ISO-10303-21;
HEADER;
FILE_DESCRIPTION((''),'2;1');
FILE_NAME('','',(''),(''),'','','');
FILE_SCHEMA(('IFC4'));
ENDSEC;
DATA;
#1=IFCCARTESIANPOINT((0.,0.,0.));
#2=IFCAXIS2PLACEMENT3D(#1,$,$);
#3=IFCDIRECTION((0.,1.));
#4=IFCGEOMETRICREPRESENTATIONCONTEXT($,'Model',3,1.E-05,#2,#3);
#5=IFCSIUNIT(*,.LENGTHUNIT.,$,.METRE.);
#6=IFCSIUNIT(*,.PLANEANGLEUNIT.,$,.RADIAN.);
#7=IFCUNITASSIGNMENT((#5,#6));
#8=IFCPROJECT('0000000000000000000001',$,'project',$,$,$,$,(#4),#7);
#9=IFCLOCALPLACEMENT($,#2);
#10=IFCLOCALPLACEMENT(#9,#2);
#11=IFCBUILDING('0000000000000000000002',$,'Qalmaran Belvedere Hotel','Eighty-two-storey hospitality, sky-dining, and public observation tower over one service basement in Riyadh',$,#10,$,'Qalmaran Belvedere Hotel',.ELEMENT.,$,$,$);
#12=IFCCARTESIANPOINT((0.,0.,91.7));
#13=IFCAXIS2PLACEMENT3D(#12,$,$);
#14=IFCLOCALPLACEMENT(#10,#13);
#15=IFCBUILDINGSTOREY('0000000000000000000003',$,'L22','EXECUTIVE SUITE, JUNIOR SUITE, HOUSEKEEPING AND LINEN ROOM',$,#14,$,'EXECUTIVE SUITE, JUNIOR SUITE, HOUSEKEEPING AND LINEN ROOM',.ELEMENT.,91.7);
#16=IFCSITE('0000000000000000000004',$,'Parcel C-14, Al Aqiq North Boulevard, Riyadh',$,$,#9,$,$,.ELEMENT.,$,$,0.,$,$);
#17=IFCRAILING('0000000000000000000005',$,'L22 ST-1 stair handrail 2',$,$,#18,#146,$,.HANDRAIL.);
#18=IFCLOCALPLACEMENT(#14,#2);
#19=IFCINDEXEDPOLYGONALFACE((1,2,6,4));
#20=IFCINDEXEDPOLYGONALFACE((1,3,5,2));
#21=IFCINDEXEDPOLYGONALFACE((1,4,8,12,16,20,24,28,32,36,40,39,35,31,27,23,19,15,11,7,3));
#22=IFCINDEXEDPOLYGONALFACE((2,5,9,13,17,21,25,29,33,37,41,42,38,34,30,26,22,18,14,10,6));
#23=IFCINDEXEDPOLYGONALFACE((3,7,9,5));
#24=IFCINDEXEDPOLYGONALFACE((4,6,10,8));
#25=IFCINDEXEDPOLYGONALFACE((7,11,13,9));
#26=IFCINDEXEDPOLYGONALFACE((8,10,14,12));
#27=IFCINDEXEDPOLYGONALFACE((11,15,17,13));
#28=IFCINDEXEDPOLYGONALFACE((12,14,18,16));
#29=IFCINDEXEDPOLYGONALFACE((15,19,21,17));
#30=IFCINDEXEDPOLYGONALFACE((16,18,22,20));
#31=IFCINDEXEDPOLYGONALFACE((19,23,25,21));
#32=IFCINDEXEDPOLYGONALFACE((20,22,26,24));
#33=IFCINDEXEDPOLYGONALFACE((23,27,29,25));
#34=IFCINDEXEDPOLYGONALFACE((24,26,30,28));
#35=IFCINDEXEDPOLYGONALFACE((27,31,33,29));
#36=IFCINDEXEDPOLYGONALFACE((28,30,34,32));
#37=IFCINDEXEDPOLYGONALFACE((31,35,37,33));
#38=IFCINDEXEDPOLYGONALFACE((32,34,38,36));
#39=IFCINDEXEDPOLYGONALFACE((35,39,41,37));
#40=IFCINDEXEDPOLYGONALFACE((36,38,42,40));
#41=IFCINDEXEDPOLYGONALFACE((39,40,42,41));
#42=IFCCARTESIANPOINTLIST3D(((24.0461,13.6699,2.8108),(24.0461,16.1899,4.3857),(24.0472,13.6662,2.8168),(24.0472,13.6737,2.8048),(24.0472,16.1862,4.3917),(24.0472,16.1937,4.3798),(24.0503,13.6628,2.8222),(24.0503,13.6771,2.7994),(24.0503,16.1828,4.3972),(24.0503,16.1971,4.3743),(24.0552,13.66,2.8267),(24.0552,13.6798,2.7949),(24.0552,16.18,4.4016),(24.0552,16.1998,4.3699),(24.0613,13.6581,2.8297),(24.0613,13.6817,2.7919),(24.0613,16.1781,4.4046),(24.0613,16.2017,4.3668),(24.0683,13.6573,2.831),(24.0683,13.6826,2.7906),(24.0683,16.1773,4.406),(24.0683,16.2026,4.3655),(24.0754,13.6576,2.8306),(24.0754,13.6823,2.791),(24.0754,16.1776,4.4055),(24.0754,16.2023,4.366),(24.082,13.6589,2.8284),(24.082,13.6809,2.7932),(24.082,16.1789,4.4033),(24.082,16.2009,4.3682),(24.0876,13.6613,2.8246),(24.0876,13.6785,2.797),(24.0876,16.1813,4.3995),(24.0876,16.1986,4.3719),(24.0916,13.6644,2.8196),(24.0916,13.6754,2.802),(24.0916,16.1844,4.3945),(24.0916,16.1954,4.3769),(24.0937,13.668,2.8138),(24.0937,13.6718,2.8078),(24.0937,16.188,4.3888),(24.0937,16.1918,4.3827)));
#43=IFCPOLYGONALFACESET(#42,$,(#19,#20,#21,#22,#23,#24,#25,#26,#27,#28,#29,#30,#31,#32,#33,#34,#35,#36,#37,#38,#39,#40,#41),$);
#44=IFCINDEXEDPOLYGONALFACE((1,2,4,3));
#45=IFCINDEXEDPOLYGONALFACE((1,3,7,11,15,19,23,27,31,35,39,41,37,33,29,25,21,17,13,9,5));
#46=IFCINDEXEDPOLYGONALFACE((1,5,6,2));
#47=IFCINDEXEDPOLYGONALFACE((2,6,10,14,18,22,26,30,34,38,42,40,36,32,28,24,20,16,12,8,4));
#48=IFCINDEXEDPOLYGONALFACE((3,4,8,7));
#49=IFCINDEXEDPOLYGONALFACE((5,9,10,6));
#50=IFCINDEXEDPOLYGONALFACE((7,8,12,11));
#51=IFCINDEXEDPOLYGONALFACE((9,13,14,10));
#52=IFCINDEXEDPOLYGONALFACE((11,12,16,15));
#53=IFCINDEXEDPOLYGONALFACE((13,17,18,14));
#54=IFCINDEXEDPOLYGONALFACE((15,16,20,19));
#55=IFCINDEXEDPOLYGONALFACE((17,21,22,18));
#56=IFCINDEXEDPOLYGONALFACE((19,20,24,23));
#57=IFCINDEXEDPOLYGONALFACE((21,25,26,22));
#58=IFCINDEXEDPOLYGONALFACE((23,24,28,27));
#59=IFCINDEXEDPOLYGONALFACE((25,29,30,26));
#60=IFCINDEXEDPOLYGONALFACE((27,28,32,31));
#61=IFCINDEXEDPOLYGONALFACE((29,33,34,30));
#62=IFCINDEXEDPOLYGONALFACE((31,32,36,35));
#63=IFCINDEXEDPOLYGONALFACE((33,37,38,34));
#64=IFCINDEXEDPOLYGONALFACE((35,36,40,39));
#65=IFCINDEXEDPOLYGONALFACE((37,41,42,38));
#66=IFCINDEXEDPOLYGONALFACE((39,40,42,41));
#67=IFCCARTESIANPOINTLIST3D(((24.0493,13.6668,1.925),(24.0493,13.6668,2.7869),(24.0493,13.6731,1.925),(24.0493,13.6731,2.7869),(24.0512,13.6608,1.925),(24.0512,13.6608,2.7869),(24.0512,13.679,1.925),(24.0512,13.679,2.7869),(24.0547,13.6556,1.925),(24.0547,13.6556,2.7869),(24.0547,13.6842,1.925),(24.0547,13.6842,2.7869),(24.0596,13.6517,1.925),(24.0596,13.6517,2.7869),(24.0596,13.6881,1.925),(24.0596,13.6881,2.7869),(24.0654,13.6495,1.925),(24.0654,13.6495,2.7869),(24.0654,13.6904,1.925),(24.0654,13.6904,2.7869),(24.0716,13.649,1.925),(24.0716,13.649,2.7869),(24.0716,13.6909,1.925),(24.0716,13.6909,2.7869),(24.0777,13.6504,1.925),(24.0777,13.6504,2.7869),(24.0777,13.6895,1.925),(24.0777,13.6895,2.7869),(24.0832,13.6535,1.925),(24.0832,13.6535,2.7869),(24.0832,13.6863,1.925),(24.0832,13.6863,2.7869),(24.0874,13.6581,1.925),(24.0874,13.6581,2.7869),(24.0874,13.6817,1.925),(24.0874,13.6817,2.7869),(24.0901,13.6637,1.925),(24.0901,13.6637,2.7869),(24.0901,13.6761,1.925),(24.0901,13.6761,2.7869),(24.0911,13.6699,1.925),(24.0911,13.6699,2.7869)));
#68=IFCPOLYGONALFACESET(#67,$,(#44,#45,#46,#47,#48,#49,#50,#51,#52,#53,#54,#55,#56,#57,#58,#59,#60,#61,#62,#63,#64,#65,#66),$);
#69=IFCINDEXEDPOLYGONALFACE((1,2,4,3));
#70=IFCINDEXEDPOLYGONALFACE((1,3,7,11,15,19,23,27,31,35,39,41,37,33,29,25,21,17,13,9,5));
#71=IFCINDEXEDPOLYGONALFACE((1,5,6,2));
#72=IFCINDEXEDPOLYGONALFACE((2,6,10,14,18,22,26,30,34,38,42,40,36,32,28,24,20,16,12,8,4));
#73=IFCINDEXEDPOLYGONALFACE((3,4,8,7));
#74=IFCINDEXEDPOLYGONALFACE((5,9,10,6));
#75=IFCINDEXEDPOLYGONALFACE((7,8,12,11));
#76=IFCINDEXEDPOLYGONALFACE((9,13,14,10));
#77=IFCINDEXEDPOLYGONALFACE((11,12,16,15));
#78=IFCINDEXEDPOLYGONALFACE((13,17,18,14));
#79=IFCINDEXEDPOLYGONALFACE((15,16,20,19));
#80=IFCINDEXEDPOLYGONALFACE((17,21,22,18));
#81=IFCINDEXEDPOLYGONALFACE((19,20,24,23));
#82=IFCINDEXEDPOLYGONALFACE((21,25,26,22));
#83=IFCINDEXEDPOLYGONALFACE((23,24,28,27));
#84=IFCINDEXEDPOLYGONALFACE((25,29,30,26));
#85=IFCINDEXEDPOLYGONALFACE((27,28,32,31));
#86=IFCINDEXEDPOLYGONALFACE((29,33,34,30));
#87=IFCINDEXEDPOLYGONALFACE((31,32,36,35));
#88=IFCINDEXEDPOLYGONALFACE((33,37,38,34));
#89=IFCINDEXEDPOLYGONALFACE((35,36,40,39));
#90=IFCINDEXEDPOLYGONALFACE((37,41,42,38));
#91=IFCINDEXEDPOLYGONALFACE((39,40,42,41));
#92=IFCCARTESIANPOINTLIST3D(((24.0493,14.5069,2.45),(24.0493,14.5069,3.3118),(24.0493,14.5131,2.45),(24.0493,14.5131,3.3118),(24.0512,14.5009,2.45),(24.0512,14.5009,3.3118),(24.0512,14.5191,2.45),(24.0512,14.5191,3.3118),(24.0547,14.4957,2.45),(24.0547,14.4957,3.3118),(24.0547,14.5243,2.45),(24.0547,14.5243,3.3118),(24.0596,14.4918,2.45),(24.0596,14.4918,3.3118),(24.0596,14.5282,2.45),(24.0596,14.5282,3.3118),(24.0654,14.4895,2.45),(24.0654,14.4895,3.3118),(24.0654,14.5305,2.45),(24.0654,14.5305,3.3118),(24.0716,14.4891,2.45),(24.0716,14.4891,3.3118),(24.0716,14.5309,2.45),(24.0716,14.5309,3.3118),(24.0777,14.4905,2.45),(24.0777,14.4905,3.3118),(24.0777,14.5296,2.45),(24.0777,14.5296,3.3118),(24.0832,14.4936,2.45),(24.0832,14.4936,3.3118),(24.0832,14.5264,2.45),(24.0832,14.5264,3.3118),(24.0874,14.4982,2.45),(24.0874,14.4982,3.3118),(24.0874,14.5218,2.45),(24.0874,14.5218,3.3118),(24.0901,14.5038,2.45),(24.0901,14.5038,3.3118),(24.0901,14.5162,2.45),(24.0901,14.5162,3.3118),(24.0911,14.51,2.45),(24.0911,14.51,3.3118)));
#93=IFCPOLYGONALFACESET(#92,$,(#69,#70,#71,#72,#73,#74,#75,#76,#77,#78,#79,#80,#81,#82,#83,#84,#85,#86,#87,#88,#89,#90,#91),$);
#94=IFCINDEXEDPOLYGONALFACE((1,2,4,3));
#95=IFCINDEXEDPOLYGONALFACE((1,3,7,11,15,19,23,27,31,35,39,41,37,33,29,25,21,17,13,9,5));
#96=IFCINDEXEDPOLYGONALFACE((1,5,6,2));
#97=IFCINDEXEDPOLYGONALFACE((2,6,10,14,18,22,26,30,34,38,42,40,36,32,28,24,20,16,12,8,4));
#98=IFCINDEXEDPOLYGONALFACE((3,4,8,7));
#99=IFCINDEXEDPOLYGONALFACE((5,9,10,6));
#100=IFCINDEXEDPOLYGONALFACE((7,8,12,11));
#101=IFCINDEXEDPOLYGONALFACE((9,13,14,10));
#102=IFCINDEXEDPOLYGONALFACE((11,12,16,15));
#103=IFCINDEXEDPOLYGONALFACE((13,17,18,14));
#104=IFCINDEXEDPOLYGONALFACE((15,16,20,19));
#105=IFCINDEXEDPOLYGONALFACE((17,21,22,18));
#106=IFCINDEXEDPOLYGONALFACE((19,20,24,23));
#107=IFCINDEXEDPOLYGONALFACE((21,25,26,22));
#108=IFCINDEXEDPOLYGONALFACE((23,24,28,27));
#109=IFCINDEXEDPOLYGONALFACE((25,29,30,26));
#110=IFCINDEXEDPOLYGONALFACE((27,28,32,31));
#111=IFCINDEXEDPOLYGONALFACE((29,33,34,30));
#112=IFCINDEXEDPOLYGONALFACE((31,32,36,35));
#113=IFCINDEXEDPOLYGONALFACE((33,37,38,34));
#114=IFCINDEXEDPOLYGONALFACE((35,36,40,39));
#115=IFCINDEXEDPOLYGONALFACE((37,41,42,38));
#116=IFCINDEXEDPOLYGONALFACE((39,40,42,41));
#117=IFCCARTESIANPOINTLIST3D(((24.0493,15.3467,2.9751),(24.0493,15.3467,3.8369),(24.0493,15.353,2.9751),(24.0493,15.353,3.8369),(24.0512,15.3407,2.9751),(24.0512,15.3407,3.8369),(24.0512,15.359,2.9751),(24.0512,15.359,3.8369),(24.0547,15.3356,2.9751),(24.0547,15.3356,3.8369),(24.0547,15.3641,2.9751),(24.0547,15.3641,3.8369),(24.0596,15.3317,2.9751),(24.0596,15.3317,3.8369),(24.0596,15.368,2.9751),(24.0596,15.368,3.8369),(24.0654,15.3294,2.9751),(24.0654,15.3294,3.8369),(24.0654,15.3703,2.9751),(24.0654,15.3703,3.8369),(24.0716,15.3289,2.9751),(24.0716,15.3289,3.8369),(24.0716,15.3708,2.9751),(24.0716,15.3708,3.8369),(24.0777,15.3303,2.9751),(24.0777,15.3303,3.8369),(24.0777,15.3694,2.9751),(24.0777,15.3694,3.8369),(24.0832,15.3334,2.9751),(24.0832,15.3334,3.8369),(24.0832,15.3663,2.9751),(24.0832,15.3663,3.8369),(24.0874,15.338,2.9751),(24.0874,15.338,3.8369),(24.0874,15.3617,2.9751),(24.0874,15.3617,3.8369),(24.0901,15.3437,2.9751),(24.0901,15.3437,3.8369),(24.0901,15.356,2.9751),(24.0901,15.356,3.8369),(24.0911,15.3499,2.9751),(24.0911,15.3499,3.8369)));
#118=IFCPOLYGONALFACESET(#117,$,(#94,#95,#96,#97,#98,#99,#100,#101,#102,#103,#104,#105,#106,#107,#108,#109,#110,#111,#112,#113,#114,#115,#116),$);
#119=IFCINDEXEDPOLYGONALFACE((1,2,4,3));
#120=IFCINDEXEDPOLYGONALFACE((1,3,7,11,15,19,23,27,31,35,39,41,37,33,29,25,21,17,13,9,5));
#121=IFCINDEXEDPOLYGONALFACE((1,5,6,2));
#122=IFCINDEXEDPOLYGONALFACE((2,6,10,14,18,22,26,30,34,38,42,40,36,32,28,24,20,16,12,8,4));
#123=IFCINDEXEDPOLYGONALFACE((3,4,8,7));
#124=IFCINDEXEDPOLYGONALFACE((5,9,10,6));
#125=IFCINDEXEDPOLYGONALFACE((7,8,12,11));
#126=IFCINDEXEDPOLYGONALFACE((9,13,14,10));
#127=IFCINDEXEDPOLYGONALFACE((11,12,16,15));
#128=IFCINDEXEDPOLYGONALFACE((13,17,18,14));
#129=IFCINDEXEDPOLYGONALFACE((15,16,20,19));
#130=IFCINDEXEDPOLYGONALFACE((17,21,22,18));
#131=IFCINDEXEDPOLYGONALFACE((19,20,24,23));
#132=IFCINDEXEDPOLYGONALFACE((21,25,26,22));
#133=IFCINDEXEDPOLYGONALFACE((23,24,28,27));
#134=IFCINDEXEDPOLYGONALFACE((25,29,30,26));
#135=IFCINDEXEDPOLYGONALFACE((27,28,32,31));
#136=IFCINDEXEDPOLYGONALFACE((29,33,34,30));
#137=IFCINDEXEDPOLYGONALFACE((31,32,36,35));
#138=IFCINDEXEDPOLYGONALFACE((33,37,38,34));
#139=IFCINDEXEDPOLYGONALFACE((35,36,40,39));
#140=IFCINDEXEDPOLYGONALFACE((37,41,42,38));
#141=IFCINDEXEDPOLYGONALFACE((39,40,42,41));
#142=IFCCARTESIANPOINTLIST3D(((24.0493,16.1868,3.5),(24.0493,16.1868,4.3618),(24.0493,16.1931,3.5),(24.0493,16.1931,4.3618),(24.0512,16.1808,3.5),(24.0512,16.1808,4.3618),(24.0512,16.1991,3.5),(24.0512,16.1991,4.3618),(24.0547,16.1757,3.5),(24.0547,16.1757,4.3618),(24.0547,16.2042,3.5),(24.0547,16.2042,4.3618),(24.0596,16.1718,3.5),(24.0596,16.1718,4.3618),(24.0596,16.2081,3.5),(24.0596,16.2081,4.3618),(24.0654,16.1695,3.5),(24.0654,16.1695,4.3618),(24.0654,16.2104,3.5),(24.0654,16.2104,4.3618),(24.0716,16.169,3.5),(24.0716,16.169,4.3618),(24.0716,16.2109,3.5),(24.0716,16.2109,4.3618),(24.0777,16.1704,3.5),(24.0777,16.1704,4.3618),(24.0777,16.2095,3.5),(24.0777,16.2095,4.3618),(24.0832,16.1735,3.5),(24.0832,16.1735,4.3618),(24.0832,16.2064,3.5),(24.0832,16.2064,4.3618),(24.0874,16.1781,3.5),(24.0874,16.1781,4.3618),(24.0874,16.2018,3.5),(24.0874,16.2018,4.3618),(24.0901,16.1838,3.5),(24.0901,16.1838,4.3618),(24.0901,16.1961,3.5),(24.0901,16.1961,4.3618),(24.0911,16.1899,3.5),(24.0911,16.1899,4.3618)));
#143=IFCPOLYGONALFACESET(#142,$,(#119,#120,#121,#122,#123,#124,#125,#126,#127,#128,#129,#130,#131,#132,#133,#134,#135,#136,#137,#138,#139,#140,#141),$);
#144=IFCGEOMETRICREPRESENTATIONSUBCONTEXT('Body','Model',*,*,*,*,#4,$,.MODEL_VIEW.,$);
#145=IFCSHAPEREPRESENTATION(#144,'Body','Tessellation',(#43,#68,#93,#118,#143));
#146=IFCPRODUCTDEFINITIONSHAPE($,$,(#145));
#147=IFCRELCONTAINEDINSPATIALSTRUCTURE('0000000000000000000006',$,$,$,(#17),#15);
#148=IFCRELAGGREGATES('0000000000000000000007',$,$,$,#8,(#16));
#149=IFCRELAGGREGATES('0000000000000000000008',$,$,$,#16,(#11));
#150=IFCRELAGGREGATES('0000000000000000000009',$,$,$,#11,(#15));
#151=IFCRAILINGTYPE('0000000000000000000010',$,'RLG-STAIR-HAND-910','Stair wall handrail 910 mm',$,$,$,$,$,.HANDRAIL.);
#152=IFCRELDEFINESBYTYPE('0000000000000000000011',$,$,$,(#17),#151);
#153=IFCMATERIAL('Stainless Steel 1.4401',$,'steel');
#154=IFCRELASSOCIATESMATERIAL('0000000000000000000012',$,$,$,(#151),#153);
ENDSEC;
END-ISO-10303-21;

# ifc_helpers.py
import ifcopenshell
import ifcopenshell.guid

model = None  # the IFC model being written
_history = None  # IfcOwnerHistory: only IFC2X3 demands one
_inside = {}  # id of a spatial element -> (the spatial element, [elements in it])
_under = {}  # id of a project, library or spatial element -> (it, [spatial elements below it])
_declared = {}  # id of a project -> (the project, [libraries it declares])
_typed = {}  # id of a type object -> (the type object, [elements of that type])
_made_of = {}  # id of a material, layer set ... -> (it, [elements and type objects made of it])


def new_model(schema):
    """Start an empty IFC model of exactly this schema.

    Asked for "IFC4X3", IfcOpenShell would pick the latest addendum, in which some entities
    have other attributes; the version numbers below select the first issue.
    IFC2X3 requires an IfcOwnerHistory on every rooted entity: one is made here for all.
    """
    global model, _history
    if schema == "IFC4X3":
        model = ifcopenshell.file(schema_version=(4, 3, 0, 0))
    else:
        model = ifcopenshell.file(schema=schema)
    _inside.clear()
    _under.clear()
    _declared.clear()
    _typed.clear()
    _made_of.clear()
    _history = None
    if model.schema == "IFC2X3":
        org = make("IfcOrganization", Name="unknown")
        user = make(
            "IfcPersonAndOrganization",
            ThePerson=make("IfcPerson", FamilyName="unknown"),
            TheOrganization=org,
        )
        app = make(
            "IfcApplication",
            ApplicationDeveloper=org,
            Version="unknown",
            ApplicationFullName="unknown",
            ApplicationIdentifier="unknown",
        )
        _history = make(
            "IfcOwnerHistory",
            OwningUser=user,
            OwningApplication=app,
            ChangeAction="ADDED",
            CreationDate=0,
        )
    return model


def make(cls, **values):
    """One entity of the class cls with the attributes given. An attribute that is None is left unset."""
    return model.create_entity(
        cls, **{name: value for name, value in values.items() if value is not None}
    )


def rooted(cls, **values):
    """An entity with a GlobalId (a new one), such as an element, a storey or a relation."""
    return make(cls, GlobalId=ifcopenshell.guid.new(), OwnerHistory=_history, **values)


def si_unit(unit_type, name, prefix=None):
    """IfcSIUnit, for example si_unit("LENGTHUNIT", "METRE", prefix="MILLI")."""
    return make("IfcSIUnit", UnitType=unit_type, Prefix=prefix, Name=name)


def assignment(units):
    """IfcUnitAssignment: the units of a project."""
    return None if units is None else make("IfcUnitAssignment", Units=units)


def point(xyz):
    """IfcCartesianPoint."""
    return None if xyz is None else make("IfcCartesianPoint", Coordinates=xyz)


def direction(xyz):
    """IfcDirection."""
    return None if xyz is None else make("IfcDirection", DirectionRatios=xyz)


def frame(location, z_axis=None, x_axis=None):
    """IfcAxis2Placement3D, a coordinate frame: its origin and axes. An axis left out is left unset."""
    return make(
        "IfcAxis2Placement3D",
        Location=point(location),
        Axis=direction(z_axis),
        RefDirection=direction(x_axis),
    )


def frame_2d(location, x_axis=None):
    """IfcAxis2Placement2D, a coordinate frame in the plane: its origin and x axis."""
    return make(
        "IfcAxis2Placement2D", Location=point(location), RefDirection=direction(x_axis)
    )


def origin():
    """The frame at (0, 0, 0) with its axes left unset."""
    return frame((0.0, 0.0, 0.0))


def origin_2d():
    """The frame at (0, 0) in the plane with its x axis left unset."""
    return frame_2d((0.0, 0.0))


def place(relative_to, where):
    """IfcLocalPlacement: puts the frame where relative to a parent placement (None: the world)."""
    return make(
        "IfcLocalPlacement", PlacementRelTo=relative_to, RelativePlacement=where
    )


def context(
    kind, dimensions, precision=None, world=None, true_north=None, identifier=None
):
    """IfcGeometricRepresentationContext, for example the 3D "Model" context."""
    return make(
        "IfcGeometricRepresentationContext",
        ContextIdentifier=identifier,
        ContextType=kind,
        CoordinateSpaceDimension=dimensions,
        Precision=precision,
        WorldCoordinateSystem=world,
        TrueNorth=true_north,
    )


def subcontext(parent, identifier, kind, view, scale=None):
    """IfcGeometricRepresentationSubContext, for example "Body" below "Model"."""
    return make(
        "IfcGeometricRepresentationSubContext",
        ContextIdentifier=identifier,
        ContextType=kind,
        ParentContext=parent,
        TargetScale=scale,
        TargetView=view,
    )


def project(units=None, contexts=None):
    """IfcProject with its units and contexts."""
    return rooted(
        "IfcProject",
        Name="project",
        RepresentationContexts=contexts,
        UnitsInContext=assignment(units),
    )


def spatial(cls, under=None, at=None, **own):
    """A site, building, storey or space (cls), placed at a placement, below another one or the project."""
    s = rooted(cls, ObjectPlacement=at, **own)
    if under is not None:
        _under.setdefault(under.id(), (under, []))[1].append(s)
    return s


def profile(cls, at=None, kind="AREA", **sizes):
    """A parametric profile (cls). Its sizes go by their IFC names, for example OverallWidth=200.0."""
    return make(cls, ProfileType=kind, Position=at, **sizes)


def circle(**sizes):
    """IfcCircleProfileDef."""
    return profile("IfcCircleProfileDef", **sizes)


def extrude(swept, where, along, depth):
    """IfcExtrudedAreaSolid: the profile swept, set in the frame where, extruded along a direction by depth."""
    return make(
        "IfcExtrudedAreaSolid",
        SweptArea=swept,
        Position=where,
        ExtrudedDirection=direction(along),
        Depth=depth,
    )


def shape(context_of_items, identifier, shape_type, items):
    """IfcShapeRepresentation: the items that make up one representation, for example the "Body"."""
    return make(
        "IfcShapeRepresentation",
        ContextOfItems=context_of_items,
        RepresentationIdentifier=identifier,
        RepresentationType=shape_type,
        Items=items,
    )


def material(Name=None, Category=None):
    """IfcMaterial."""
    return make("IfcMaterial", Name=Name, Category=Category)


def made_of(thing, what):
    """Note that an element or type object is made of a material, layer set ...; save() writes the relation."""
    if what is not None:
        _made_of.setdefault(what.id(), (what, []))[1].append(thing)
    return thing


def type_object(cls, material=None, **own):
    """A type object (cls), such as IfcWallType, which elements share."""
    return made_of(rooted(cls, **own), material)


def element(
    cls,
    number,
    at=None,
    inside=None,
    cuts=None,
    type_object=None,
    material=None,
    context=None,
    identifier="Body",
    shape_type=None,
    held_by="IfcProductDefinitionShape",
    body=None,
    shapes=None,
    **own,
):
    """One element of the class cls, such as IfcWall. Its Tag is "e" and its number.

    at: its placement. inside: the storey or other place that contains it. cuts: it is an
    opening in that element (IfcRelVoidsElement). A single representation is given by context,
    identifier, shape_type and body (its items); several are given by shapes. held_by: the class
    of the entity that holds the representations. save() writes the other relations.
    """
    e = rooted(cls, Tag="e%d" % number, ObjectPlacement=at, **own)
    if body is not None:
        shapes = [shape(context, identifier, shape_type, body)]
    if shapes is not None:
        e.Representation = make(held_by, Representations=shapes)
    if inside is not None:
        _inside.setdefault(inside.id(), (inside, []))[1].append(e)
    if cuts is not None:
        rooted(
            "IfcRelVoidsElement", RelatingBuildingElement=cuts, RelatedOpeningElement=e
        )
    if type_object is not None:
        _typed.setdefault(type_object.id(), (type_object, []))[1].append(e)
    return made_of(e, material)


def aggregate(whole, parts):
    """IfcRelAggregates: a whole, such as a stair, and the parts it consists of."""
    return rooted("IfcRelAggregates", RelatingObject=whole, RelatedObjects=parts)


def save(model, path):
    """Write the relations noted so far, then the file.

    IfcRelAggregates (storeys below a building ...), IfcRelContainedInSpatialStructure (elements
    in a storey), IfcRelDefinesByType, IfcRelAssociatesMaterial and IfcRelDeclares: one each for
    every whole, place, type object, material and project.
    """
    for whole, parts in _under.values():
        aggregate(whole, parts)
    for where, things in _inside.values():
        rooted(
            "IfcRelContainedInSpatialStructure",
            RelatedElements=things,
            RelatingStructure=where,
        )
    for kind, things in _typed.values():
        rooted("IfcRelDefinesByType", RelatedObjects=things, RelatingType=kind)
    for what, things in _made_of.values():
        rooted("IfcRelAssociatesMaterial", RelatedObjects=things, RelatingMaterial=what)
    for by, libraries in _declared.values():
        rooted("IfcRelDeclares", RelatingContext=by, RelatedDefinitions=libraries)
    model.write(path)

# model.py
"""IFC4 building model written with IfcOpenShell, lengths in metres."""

from ifc_helpers import new_model, si_unit, direction, frame, origin, origin_2d, place, context, subcontext, project, spatial, circle, extrude, material, type_object, element, save


model = new_model("IFC4")

# Units and contexts
model_context = context("Model", 3, precision=1e-05, world=origin(), true_north=direction((0.0, 1.0)))
body_context = subcontext(model_context, "Body", "Model", "MODEL_VIEW")
ifc_project = project(units=[si_unit("LENGTHUNIT", "METRE"), si_unit("PLANEANGLEUNIT", "RADIAN")], contexts=[model_context])

# Site, building, storey
site_placement = place(None, origin())
site = spatial("IfcSite", under=ifc_project, at=site_placement, Name="Parcel C-14, Al Aqiq North Boulevard, Riyadh", CompositionType="ELEMENT", RefElevation=0.0)
building_placement = place(site_placement, origin())
building = spatial("IfcBuilding", under=site, at=building_placement, Name="Qalmaran Belvedere Hotel", Description="Eighty-two-storey hospitality, sky-dining, and public observation tower over one service basement in Riyadh", LongName="Qalmaran Belvedere Hotel", CompositionType="ELEMENT")
storey_placement = place(building_placement, frame((0.0, 0.0, 91.7)))
storey = spatial("IfcBuildingStorey", under=building, at=storey_placement, Name="L22", Description="EXECUTIVE SUITE, JUNIOR SUITE, HOUSEKEEPING AND LINEN ROOM", LongName="EXECUTIVE SUITE, JUNIOR SUITE, HOUSEKEEPING AND LINEN ROOM", CompositionType="ELEMENT", Elevation=91.7)

# Shared definitions
ifc_material_1 = material(Name="Stainless Steel 1.4401", Category="steel")

# Railing
railing_type_1 = type_object("IfcRailingType", Name="RLG-STAIR-HAND-910", Description="Stair wall handrail 910 mm", PredefinedType="HANDRAIL", material=ifc_material_1)
railing_1_placement = place(storey_placement, frame((24.0701, 13.6699, 1.925)))
element("IfcRailing", 1, at=railing_1_placement, inside=storey, type_object=railing_type_1, Name="L22 ST-1 stair handrail 2", PredefinedType="HANDRAIL", context=body_context, shape_type="SweptSolid", body=[
    extrude(circle(Radius=0.0239, at=origin_2d()), frame((0.0, 0.0, 0.8857), z_axis=(0.0, 0.848008, 0.529984), x_axis=(-1.0, 0.0, 0.0)), (0.0, 0.0, 1.0), 2.9717),
    extrude(circle(Radius=0.021, at=origin_2d()), origin(), (0.0, 0.0, 1.0), 0.8618),
    extrude(circle(Radius=0.021, at=origin_2d()), frame((0.0, 0.8401, 0.5249)), (0.0, 0.0, 1.0), 0.8618),
    extrude(circle(Radius=0.021, at=origin_2d()), frame((0.0, 1.6799, 1.05)), (0.0, 0.0, 1.0), 0.8618),
    extrude(circle(Radius=0.021, at=origin_2d()), frame((0.0, 2.52, 1.575)), (0.0, 0.0, 1.0), 0.8618),
])

save(model, "model.ifc")
